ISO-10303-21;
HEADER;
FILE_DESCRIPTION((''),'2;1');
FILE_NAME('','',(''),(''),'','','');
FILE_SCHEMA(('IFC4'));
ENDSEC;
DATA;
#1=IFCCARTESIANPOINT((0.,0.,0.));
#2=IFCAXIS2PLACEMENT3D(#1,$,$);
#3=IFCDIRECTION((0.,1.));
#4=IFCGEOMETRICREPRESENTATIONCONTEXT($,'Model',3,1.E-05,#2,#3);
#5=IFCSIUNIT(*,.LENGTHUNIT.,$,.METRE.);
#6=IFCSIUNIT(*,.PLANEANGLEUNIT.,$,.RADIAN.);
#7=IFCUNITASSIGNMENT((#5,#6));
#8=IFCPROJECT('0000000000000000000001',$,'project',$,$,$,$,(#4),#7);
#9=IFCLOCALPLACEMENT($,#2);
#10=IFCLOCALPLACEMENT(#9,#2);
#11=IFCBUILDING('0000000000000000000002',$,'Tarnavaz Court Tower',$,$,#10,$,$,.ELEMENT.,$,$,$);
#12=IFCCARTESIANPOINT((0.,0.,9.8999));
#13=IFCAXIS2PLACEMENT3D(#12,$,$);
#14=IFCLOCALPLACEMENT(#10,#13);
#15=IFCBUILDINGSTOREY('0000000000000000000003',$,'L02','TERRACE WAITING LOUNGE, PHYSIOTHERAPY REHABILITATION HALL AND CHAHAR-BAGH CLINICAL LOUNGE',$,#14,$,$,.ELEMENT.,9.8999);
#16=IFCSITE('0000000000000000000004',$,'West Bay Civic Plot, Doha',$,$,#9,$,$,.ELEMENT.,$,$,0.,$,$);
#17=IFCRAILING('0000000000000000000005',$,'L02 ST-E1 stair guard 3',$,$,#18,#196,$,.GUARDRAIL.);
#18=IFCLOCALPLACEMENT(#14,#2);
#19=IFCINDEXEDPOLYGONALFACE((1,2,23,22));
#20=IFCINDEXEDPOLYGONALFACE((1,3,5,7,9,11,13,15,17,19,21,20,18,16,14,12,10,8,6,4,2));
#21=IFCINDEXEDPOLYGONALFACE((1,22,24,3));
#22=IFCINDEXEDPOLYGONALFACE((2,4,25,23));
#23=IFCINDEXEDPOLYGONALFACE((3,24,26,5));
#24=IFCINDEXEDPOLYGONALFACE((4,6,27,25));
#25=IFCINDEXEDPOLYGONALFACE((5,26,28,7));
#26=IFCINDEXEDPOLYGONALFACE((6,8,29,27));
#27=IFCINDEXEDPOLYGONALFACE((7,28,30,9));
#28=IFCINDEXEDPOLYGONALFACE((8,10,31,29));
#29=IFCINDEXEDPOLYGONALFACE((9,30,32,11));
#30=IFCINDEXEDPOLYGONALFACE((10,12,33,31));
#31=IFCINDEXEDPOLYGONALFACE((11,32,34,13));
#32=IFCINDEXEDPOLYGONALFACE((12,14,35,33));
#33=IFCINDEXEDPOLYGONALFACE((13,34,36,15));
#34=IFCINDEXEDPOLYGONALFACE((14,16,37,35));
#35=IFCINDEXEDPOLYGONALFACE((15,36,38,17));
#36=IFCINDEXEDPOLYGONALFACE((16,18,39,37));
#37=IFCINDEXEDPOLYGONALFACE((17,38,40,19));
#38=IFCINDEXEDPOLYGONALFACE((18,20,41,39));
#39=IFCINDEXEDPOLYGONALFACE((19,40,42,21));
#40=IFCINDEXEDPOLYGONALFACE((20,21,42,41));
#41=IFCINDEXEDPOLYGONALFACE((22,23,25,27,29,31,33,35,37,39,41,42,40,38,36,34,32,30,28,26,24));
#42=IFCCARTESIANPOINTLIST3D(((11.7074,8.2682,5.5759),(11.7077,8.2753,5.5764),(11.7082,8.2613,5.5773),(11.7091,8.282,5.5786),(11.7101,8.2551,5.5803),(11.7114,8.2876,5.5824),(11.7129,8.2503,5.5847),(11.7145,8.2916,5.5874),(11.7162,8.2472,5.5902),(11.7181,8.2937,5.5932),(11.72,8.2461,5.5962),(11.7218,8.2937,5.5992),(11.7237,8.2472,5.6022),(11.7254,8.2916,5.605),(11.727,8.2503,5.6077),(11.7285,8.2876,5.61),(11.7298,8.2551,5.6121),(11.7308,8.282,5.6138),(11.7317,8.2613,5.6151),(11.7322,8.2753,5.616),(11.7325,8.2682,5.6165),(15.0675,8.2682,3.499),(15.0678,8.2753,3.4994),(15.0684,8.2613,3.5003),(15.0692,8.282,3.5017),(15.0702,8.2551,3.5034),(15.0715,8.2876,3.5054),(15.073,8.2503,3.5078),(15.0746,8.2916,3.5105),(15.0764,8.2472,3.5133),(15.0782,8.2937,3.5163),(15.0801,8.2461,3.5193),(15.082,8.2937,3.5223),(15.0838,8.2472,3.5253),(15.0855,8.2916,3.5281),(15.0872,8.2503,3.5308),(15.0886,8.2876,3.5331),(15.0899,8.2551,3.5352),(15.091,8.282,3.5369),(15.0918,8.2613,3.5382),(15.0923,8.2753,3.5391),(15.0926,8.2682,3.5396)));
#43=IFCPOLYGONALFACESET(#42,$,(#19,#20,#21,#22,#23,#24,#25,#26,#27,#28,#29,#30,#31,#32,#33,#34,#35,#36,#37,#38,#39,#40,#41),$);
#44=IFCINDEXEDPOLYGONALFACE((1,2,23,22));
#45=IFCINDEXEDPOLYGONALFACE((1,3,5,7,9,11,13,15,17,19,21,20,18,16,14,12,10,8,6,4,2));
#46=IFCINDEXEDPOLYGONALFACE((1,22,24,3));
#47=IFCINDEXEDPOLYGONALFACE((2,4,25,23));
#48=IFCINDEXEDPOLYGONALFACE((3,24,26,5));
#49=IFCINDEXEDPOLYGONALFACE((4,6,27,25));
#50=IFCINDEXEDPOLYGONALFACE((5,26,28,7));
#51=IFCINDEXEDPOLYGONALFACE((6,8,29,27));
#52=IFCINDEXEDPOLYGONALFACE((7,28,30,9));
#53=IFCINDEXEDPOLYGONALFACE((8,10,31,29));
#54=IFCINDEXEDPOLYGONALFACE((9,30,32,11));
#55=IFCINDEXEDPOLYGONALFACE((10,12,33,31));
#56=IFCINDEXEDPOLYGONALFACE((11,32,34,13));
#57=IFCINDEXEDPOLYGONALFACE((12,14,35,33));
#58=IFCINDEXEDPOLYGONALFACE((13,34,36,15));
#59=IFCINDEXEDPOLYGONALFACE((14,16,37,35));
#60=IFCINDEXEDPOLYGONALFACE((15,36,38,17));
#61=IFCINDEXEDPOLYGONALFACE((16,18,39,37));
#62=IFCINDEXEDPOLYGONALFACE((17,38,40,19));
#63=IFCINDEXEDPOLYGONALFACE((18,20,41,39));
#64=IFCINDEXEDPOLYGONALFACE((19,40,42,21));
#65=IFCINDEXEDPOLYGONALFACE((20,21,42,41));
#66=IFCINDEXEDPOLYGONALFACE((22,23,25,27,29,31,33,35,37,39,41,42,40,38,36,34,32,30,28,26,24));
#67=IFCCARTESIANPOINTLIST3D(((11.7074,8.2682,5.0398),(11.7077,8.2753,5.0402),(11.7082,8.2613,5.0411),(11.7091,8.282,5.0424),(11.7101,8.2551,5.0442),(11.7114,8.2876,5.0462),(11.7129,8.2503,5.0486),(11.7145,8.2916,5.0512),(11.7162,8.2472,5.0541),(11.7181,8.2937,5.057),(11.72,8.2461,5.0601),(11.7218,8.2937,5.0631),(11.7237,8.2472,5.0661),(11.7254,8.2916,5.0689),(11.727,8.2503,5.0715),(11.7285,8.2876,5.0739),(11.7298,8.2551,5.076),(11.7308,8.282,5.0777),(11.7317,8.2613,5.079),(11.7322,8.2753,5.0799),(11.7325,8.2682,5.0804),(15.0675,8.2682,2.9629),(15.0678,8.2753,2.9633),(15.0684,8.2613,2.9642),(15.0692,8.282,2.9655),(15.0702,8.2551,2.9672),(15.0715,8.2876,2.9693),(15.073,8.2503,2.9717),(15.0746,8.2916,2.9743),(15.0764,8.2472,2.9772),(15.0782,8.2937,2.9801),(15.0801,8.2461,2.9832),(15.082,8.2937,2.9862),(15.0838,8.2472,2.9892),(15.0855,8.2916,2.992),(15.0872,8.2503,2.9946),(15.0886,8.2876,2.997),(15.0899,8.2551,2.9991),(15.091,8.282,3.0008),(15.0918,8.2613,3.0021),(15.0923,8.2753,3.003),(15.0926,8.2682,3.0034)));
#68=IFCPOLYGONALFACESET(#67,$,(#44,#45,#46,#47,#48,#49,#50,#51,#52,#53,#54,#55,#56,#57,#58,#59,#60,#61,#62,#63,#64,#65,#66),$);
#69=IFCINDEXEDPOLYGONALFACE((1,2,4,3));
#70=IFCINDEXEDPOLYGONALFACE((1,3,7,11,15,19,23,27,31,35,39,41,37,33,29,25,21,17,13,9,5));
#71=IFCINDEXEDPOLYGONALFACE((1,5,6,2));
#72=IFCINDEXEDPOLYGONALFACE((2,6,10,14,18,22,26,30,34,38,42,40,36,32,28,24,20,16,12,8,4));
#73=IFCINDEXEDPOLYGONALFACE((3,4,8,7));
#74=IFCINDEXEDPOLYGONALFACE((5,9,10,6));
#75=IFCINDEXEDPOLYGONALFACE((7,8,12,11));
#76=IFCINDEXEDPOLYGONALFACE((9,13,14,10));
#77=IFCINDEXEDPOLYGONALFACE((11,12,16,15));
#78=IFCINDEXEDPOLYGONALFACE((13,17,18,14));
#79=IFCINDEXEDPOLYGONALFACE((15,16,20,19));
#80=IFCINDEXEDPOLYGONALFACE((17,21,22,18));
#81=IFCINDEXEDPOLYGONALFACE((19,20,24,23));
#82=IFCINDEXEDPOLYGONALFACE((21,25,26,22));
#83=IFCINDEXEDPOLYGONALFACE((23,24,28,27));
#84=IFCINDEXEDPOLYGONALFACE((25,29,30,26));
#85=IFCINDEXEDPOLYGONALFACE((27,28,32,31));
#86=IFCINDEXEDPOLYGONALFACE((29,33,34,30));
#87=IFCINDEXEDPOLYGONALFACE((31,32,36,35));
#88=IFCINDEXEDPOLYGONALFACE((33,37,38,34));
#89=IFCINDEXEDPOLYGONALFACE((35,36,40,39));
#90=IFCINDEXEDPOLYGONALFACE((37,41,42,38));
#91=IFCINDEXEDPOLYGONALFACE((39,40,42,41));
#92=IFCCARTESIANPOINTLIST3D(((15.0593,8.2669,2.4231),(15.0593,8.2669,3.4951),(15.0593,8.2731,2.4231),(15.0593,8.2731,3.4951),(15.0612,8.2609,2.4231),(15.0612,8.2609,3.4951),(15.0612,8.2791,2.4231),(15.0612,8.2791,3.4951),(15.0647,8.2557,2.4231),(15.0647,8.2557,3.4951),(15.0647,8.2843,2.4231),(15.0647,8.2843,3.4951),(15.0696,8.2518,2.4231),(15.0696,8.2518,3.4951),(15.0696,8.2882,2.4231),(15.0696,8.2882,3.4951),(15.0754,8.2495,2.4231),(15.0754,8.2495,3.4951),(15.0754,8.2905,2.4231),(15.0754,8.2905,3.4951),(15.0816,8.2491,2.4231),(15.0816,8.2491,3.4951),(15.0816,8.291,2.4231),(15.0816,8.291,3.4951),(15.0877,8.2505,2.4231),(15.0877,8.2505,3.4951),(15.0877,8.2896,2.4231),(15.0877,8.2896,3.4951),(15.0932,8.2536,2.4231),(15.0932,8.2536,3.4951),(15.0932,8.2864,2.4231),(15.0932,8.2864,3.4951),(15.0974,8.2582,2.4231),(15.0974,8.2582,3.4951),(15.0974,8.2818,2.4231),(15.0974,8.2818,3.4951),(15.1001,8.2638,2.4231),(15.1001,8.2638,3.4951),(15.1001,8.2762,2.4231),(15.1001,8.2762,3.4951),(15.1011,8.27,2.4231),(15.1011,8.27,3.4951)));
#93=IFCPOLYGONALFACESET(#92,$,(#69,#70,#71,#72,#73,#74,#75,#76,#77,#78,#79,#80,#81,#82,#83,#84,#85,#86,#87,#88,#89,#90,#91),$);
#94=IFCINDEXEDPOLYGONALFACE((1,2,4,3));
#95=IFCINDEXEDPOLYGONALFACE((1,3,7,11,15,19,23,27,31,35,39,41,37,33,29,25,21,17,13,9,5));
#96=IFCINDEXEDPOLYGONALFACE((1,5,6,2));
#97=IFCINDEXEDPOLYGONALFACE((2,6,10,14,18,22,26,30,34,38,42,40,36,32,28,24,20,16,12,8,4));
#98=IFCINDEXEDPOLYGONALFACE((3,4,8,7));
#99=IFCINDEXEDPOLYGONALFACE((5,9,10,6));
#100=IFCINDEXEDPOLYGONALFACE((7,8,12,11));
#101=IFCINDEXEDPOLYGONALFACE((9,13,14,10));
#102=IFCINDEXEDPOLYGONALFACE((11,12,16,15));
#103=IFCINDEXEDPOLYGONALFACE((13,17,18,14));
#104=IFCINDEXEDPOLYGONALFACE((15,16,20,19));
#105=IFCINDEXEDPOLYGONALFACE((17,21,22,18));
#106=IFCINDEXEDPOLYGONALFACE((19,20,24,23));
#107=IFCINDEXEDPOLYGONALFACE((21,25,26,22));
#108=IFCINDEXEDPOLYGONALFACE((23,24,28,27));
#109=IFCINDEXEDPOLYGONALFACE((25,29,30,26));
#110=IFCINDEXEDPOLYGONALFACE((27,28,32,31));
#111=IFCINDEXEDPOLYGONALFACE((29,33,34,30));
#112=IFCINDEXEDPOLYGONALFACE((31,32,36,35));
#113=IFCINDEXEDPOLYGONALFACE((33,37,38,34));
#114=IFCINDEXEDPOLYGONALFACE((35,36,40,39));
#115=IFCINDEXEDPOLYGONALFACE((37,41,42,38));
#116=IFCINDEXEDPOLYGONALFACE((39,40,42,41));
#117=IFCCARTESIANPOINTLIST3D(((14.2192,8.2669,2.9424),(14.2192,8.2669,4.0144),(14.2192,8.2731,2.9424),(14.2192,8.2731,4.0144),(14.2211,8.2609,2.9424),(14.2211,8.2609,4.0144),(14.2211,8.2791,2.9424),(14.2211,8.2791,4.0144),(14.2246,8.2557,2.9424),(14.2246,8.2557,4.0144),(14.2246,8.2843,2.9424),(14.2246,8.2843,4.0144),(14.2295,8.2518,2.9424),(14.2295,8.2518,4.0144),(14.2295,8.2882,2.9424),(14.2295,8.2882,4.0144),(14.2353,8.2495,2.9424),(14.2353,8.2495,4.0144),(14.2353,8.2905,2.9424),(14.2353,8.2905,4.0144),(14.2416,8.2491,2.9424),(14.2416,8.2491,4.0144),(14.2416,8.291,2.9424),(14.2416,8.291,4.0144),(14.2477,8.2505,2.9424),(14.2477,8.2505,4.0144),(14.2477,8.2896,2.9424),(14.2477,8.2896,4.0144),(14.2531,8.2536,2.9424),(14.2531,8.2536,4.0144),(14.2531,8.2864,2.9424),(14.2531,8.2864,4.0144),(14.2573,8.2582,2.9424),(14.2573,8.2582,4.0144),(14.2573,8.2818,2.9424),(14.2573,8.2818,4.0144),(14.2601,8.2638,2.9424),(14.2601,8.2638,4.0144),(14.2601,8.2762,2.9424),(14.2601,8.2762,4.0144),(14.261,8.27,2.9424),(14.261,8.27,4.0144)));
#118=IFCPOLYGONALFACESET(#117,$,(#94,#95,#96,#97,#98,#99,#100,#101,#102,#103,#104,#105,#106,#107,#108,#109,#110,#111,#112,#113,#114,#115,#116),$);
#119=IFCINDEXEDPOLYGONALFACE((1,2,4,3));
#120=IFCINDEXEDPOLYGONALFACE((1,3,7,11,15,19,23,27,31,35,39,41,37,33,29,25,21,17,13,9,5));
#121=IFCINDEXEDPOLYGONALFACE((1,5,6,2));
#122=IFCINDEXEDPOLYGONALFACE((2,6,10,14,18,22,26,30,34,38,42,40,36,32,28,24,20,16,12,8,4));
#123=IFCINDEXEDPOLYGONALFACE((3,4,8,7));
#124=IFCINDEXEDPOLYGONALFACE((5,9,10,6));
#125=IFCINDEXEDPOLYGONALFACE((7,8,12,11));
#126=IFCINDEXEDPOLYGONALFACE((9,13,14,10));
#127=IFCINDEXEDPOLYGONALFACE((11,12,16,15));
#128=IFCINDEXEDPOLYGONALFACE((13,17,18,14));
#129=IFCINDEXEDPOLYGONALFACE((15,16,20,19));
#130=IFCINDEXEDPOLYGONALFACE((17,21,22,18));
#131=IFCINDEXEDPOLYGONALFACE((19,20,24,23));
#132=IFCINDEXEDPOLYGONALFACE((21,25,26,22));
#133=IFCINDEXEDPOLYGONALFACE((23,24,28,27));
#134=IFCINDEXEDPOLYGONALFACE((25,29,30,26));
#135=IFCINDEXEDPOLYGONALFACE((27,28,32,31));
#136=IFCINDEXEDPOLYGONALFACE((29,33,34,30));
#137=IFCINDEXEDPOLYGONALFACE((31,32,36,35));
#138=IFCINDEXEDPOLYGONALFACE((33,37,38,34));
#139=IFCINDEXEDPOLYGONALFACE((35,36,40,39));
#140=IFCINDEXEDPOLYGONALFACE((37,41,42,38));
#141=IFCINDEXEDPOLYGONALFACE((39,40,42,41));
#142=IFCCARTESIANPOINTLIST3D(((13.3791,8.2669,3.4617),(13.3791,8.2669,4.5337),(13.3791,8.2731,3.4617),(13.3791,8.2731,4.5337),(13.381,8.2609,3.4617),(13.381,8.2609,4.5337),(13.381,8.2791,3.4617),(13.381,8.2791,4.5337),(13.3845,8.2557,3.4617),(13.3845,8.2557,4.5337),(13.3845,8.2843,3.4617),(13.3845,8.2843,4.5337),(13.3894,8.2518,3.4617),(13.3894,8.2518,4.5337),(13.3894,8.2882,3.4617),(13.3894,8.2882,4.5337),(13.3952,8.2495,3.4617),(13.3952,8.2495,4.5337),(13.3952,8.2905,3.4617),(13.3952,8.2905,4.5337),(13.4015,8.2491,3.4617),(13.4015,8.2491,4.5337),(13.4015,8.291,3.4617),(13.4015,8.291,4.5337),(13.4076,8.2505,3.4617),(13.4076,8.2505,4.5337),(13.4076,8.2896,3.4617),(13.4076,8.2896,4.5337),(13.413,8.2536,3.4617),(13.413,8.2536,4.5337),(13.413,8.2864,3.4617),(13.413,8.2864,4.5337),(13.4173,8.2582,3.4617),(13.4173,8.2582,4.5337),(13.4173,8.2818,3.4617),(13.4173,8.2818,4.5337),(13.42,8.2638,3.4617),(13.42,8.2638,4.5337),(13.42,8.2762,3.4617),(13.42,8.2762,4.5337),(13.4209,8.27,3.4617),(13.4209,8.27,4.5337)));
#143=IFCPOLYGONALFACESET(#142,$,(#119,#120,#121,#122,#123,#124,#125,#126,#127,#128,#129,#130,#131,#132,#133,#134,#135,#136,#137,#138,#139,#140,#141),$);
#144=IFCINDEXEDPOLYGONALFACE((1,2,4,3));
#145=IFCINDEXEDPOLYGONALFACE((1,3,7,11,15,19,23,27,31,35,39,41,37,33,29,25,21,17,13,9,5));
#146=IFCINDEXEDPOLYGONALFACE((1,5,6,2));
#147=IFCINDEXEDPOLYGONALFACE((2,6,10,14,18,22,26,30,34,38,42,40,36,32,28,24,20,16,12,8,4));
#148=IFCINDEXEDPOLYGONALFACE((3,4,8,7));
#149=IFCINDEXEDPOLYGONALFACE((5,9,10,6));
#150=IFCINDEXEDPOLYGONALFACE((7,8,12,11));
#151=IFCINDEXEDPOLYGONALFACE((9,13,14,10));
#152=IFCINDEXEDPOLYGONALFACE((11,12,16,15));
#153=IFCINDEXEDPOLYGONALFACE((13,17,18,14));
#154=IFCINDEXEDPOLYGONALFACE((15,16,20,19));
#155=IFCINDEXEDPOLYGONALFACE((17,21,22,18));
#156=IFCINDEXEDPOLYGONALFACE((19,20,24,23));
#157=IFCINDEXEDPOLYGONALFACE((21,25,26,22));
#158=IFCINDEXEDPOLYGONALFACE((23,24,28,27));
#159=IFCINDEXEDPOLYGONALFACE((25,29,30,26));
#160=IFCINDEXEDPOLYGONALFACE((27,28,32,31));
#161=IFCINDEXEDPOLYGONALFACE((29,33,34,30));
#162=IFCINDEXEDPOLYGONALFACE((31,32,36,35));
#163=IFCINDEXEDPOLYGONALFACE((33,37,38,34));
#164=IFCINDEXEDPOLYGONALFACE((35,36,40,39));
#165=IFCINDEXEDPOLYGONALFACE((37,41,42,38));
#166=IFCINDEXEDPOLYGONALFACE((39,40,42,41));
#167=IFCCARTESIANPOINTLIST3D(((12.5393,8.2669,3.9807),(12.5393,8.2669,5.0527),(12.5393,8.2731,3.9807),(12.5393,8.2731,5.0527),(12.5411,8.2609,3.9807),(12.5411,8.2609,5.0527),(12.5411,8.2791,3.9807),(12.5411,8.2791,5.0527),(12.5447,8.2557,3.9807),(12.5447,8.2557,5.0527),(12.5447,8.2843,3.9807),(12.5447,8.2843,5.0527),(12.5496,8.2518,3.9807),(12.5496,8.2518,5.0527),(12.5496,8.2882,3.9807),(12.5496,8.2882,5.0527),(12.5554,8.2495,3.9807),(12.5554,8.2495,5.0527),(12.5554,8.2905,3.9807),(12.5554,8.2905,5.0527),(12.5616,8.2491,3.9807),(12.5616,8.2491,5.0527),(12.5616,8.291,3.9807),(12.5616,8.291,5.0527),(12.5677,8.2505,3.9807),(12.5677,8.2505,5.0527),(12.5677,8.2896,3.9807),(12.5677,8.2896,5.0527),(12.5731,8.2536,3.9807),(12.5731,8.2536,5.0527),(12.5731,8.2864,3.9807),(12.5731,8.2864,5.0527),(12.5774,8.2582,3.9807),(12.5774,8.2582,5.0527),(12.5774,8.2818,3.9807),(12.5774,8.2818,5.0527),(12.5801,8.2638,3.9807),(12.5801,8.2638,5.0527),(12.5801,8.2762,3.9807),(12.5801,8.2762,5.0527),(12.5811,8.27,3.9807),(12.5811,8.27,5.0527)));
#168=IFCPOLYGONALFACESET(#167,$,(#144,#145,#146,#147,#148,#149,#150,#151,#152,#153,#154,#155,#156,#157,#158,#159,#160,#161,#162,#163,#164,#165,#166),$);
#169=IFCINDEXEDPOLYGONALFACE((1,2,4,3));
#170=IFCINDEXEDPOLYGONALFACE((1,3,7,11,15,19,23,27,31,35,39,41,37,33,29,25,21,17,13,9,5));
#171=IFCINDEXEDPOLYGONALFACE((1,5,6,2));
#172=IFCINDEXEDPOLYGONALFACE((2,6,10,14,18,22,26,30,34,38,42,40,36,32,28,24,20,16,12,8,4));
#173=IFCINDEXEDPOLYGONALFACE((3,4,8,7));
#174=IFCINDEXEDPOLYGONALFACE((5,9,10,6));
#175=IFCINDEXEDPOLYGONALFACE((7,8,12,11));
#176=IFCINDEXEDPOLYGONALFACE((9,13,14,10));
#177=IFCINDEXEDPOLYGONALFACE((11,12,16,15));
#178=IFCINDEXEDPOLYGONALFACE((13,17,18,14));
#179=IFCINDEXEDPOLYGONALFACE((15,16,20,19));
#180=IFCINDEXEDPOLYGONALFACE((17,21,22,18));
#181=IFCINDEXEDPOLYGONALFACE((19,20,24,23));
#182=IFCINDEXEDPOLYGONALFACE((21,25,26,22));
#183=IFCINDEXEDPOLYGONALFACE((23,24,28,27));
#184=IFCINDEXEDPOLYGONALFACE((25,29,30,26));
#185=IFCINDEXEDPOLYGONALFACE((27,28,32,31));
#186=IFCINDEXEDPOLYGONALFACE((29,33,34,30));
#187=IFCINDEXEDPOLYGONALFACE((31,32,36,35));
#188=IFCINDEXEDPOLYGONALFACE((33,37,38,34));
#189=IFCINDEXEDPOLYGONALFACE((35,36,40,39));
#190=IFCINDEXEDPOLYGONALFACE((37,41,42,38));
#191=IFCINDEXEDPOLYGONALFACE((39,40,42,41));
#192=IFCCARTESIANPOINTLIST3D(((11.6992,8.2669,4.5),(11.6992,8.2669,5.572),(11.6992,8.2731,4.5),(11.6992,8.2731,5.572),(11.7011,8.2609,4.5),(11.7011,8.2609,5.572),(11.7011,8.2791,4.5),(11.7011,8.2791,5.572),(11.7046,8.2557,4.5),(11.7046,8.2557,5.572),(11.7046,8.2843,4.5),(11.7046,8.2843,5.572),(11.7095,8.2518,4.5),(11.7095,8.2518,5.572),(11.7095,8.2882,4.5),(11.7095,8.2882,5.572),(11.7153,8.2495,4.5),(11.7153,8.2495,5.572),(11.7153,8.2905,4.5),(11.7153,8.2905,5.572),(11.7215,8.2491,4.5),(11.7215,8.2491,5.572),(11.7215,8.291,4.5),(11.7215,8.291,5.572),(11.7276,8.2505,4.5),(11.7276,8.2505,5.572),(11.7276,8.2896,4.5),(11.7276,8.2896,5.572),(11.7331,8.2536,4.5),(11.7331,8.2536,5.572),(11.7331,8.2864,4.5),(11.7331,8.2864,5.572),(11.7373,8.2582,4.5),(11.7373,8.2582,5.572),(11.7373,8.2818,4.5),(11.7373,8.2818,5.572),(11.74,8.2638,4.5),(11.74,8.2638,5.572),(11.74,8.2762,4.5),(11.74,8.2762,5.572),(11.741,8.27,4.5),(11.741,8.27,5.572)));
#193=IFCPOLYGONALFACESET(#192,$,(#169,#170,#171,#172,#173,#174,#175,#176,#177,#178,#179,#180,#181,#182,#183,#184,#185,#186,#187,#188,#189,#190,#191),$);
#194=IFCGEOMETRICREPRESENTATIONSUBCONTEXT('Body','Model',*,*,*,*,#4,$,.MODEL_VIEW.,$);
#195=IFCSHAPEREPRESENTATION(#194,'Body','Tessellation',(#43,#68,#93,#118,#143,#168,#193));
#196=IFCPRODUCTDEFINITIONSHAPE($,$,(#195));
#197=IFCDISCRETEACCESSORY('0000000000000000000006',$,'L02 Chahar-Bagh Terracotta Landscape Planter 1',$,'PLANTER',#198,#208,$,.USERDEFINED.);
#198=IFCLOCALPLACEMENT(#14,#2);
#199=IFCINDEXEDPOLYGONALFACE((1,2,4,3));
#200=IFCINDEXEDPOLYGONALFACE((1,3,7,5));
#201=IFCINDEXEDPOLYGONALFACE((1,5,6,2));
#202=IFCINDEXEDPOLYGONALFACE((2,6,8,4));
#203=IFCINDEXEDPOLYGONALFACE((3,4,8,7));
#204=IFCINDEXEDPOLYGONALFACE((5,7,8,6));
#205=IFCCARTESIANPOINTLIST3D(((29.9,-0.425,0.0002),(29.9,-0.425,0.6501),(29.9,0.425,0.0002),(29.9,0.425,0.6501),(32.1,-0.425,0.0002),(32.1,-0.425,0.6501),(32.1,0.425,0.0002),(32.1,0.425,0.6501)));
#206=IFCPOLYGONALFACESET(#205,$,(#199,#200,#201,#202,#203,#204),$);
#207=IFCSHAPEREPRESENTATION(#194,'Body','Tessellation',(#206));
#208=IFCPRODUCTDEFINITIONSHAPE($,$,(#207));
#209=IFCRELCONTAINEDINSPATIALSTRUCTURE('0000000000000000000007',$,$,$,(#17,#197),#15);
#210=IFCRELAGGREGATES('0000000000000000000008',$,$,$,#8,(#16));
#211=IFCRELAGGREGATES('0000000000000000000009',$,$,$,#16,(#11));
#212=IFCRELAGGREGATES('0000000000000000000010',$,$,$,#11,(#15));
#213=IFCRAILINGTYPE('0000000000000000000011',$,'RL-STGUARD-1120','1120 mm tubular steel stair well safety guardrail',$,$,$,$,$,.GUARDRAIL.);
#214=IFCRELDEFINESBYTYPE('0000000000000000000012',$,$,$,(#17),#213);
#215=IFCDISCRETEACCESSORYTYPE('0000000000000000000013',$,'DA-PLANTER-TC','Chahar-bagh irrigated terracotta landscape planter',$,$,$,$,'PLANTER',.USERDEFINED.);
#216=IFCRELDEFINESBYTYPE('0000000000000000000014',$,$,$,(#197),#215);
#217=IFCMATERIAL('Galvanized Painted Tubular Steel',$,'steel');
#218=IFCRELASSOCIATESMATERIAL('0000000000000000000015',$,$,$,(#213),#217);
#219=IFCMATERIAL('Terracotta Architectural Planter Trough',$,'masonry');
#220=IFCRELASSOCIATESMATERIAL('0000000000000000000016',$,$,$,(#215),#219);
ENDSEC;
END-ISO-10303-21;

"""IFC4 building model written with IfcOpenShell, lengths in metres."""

from ifc_helpers import new_model, si_unit, direction, frame, origin, origin_2d, place, context, subcontext, project, spatial, rectangle, circle, extrude, material, type_object, element, save


model = new_model("IFC4")

# Units and contexts
model_context = context("Model", 3, precision=1e-05, world=origin(), true_north=direction((0.0, 1.0)))
body_context = subcontext(model_context, "Body", "Model", "MODEL_VIEW")
ifc_project = project(units=[si_unit("LENGTHUNIT", "METRE"), si_unit("PLANEANGLEUNIT", "RADIAN")], contexts=[model_context])

# Site, building, storey
site_placement = place(None, origin())
site = spatial("IfcSite", under=ifc_project, at=site_placement, Name="West Bay Civic Plot, Doha", CompositionType="ELEMENT", RefElevation=0.0)
building_placement = place(site_placement, origin())
building = spatial("IfcBuilding", under=site, at=building_placement, Name="Tarnavaz Court Tower", CompositionType="ELEMENT")
storey_placement = place(building_placement, frame((0.0, 0.0, 9.8999)))
storey = spatial("IfcBuildingStorey", under=building, at=storey_placement, Name="L02", Description="TERRACE WAITING LOUNGE, PHYSIOTHERAPY REHABILITATION HALL AND CHAHAR-BAGH CLINICAL LOUNGE", CompositionType="ELEMENT", Elevation=9.8999)

# Railing
ifc_material_1 = material(Name="Galvanized Painted Tubular Steel", Category="steel")
railing_type_1 = type_object("IfcRailingType", Name="RL-STGUARD-1120", Description="1120 mm tubular steel stair well safety guardrail", PredefinedType="GUARDRAIL", material=ifc_material_1)
railing_1_placement = place(storey_placement, frame((15.0801, 8.27, 2.4231)))
element("IfcRailing", 1, at=railing_1_placement, inside=storey, type_object=railing_type_1, Name="L02 ST-E1 stair guard 3", PredefinedType="GUARDRAIL", context=body_context, shape_type="SweptSolid", body=[
    extrude(circle(Radius=0.0239, at=origin_2d()), frame((0.0, 0.0, 1.0962), z_axis=(-0.850623, 0.0, 0.525776), x_axis=(0.0, -1.0, 0.0)), (0.0, 0.0, 1.0), 3.9502),
    extrude(circle(Radius=0.0239, at=origin_2d()), frame((0.0, 0.0, 0.5601), z_axis=(-0.850623, 0.0, 0.525776), x_axis=(0.0, -1.0, 0.0)), (0.0, 0.0, 1.0), 3.9502),
    extrude(circle(Radius=0.021, at=origin_2d()), origin(), (0.0, 0.0, 1.0), 1.072),
    extrude(circle(Radius=0.021, at=origin_2d()), frame((-0.8401, 0.0, 0.5193)), (0.0, 0.0, 1.0), 1.072),
    extrude(circle(Radius=0.021, at=origin_2d()), frame((-1.6802, 0.0, 1.0386)), (0.0, 0.0, 1.0), 1.072),
    extrude(circle(Radius=0.021, at=origin_2d()), frame((-2.52, 0.0, 1.5576)), (0.0, 0.0, 1.0), 1.072),
    extrude(circle(Radius=0.021, at=origin_2d()), frame((-3.3601, 0.0, 2.0769)), (0.0, 0.0, 1.0), 1.072),
])

# Discrete accessory
ifc_material_2 = material(Name="Terracotta Architectural Planter Trough", Category="masonry")
discrete_accessory_type = type_object("IfcDiscreteAccessoryType", Name="DA-PLANTER-TC", Description="Chahar-bagh irrigated terracotta landscape planter", ElementType="PLANTER", PredefinedType="USERDEFINED", material=ifc_material_2)
discrete_accessory_placement = place(storey_placement, frame((31.0, 0.0, 0.0002), z_axis=(0.0, 0.0, 1.0), x_axis=(1.0, 0.0, 0.0)))
element("IfcDiscreteAccessory", 2, at=discrete_accessory_placement, inside=storey, type_object=discrete_accessory_type, Name="L02 Chahar-Bagh Terracotta Landscape Planter 1", ObjectType="PLANTER", PredefinedType="USERDEFINED", context=body_context, shape_type="SweptSolid", body=[
    extrude(rectangle(XDim=2.2, YDim=0.8501, at=origin_2d()), origin(), (0.0, 0.0, 1.0), 0.6499),
])

save(model, "model.ifc")
